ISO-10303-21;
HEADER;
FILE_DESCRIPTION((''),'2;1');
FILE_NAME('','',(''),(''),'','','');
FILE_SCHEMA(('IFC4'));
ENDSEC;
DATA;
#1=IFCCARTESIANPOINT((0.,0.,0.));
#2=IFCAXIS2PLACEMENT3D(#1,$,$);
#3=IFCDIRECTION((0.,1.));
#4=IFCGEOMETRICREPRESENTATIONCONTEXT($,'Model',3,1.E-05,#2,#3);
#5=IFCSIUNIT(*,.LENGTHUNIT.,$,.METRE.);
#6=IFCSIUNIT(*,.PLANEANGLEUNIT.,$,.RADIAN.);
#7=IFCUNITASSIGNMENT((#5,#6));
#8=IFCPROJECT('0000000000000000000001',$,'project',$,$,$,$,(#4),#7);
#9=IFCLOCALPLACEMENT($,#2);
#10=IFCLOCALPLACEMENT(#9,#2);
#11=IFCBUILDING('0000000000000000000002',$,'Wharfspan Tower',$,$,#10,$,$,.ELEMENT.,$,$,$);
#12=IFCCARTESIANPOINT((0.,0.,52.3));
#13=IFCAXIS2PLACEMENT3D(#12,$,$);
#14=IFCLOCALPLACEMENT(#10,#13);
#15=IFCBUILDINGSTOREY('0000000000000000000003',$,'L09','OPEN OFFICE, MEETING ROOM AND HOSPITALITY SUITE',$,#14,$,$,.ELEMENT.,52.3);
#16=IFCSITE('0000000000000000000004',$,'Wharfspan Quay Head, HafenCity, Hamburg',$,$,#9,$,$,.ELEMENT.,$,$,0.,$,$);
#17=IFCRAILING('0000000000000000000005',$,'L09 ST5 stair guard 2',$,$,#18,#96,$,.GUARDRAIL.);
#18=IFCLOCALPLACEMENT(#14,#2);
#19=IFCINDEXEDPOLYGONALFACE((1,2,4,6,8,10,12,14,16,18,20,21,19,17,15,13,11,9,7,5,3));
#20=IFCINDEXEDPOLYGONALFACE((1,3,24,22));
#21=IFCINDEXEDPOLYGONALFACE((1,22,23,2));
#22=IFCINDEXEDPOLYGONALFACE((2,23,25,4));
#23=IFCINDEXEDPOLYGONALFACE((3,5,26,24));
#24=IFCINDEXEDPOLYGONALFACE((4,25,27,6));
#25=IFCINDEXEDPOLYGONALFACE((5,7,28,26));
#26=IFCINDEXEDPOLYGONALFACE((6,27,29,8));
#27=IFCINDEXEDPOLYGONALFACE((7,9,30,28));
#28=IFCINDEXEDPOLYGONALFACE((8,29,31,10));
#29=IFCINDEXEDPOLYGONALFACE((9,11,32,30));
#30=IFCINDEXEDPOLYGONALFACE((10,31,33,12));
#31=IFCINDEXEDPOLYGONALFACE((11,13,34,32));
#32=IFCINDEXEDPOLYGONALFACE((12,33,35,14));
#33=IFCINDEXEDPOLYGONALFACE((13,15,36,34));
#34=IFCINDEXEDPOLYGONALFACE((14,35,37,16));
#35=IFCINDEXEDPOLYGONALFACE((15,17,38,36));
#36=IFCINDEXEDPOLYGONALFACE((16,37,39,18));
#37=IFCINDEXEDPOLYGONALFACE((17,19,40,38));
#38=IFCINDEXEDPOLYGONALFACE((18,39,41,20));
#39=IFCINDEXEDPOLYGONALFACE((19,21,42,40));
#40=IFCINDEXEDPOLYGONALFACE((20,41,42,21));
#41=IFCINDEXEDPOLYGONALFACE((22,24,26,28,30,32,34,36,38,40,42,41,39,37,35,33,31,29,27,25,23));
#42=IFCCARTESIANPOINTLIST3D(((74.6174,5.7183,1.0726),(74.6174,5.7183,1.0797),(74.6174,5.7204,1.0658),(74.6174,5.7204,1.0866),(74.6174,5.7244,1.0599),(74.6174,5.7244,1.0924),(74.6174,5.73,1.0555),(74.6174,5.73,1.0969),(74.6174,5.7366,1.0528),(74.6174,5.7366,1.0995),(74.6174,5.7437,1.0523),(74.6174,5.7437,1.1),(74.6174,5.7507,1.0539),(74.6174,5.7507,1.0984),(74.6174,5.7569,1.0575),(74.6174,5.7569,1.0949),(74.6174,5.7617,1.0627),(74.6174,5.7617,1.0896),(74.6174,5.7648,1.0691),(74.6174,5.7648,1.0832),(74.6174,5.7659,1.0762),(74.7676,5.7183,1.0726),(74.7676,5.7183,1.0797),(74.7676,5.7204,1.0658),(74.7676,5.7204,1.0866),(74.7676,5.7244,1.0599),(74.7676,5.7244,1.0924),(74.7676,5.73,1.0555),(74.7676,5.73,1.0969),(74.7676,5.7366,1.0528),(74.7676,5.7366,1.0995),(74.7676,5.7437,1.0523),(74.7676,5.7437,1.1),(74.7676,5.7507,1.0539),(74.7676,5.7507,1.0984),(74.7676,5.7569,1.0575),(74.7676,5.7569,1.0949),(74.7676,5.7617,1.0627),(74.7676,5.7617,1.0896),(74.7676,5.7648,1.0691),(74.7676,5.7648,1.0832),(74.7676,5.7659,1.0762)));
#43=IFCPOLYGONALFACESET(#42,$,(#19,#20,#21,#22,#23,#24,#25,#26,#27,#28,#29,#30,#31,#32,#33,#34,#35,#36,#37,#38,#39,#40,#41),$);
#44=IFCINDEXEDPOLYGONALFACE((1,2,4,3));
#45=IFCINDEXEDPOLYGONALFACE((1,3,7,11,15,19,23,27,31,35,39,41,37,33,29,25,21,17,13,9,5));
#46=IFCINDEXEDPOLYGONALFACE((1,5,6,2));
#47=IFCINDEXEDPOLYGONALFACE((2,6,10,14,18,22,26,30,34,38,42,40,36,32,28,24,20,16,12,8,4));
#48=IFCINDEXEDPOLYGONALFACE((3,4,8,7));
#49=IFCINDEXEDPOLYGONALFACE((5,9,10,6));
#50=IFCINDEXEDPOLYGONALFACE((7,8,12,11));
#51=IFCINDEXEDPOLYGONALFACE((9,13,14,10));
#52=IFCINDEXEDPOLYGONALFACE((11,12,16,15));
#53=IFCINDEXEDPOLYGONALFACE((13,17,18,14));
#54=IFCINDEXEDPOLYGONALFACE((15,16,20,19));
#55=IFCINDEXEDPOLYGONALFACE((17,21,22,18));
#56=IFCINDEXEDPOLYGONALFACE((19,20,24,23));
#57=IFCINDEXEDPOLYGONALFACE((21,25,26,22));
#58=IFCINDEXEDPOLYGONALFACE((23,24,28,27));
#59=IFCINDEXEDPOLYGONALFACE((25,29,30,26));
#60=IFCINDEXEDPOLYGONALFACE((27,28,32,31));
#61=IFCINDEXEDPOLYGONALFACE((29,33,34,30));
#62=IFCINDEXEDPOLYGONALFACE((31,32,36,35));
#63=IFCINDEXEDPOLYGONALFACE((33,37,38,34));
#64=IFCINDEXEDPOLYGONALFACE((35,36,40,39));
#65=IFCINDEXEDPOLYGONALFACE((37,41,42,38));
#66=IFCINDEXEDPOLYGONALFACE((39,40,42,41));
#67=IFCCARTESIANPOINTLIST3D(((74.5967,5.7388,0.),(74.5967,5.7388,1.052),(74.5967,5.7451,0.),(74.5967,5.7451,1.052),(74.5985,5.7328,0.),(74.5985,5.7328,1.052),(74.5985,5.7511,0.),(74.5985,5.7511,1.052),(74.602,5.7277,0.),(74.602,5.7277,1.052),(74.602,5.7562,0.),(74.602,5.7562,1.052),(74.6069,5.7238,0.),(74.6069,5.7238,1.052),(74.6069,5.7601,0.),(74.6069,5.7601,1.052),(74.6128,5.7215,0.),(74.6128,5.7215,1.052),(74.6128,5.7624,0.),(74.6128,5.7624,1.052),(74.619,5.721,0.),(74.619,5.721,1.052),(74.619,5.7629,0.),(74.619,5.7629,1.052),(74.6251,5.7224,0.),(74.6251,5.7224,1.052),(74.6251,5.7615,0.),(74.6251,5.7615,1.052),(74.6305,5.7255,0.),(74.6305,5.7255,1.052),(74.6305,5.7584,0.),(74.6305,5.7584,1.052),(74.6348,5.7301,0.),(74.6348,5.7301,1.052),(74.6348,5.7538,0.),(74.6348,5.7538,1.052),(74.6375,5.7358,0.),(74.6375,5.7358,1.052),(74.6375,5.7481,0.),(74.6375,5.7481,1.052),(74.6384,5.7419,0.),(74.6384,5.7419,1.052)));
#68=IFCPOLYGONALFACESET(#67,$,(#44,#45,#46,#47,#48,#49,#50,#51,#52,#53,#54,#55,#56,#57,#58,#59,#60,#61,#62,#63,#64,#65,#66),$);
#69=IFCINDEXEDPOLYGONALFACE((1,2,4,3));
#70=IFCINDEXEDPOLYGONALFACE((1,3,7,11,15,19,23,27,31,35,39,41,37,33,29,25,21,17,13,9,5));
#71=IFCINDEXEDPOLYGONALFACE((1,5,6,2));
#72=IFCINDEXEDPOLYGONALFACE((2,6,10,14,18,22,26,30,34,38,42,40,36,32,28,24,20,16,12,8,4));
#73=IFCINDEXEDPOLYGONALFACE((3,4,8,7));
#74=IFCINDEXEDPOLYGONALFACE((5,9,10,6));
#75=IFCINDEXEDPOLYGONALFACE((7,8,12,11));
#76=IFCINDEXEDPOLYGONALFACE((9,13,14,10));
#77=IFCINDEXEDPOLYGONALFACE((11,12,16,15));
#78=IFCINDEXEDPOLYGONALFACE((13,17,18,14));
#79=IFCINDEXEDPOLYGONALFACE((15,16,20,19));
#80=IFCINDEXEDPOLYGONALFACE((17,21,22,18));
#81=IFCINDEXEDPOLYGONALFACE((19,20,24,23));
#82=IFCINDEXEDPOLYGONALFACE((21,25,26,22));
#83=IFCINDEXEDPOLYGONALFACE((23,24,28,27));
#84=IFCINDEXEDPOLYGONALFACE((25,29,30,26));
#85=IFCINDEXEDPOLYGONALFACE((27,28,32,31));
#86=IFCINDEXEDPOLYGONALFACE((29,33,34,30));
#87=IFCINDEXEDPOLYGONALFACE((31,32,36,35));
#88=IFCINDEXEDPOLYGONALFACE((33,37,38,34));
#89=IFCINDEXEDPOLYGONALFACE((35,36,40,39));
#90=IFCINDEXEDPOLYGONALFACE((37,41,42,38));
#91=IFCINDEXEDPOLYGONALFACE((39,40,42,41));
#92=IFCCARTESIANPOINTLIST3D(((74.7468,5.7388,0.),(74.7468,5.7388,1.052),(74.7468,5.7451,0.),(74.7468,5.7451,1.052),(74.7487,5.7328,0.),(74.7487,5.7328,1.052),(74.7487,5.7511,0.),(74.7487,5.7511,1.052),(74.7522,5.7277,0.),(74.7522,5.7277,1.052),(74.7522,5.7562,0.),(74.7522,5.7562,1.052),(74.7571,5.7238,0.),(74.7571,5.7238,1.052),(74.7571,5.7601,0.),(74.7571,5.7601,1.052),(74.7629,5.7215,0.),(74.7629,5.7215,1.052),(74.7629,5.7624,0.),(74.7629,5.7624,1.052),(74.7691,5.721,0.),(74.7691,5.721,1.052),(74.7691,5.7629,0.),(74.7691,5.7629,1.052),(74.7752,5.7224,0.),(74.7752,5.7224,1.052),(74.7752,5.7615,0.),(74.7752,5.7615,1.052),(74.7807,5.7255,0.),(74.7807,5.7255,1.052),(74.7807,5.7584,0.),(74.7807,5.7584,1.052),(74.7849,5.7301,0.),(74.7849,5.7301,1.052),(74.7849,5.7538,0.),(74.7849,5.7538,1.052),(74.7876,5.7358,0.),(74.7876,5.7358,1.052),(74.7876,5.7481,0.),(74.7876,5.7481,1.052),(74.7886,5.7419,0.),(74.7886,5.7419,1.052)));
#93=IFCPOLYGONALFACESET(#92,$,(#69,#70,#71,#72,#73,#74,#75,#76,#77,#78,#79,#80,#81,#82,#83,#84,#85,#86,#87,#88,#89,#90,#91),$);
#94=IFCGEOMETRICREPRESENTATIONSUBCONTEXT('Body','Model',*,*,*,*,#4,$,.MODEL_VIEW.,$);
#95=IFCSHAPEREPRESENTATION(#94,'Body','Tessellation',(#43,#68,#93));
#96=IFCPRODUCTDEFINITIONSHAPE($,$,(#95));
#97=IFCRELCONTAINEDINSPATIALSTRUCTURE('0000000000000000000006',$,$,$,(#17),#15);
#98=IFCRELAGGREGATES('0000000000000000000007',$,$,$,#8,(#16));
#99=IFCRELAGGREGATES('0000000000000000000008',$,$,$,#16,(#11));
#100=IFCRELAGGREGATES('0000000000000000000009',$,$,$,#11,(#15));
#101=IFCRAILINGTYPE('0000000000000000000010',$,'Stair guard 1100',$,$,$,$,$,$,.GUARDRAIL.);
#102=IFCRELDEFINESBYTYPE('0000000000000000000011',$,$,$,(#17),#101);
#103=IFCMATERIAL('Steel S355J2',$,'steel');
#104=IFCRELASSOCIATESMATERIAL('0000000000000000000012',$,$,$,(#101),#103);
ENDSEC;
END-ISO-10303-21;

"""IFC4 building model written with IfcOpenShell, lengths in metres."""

from ifc_helpers import new_model, si_unit, direction, frame, origin, origin_2d, place, context, subcontext, project, spatial, circle, extrude, material, type_object, element, save


model = new_model("IFC4")

# Units and contexts
model_context = context("Model", 3, precision=1e-05, world=origin(), true_north=direction((0.0, 1.0)))
body_context = subcontext(model_context, "Body", "Model", "MODEL_VIEW")
ifc_project = project(units=[si_unit("LENGTHUNIT", "METRE"), si_unit("PLANEANGLEUNIT", "RADIAN")], contexts=[model_context])

# Site, building, storey
site_placement = place(None, origin())
site = spatial("IfcSite", under=ifc_project, at=site_placement, Name="Wharfspan Quay Head, HafenCity, Hamburg", CompositionType="ELEMENT", RefElevation=0.0)
building_placement = place(site_placement, origin())
building = spatial("IfcBuilding", under=site, at=building_placement, Name="Wharfspan Tower", CompositionType="ELEMENT")
storey_placement = place(building_placement, frame((0.0, 0.0, 52.3)))
storey = spatial("IfcBuildingStorey", under=building, at=storey_placement, Name="L09", Description="OPEN OFFICE, MEETING ROOM AND HOSPITALITY SUITE", CompositionType="ELEMENT", Elevation=52.3)

# Railing
ifc_material_1 = material(Name="Steel S355J2", Category="steel")
railing_type_1 = type_object("IfcRailingType", Name="Stair guard 1100", PredefinedType="GUARDRAIL", material=ifc_material_1)
railing_1_placement = place(storey_placement, frame((74.6174, 5.7419, 0.0)))
element("IfcRailing", 1, at=railing_1_placement, inside=storey, type_object=railing_type_1, Name="L09 ST5 stair guard 2", PredefinedType="GUARDRAIL", context=body_context, shape_type="SweptSolid", body=[
    extrude(circle(Radius=0.0239, at=origin_2d()), frame((0.0, 0.0, 1.0762), z_axis=(1.0, 0.0, 0.0), x_axis=(0.0, 1.0, 0.0)), (0.0, 0.0, 1.0), 0.1501),
    extrude(circle(Radius=0.021, at=origin_2d()), origin(), (0.0, 0.0, 1.0), 1.052),
    extrude(circle(Radius=0.021, at=origin_2d()), frame((0.1501, 0.0, 0.0)), (0.0, 0.0, 1.0), 1.052),
])

save(model, "model.ifc")
